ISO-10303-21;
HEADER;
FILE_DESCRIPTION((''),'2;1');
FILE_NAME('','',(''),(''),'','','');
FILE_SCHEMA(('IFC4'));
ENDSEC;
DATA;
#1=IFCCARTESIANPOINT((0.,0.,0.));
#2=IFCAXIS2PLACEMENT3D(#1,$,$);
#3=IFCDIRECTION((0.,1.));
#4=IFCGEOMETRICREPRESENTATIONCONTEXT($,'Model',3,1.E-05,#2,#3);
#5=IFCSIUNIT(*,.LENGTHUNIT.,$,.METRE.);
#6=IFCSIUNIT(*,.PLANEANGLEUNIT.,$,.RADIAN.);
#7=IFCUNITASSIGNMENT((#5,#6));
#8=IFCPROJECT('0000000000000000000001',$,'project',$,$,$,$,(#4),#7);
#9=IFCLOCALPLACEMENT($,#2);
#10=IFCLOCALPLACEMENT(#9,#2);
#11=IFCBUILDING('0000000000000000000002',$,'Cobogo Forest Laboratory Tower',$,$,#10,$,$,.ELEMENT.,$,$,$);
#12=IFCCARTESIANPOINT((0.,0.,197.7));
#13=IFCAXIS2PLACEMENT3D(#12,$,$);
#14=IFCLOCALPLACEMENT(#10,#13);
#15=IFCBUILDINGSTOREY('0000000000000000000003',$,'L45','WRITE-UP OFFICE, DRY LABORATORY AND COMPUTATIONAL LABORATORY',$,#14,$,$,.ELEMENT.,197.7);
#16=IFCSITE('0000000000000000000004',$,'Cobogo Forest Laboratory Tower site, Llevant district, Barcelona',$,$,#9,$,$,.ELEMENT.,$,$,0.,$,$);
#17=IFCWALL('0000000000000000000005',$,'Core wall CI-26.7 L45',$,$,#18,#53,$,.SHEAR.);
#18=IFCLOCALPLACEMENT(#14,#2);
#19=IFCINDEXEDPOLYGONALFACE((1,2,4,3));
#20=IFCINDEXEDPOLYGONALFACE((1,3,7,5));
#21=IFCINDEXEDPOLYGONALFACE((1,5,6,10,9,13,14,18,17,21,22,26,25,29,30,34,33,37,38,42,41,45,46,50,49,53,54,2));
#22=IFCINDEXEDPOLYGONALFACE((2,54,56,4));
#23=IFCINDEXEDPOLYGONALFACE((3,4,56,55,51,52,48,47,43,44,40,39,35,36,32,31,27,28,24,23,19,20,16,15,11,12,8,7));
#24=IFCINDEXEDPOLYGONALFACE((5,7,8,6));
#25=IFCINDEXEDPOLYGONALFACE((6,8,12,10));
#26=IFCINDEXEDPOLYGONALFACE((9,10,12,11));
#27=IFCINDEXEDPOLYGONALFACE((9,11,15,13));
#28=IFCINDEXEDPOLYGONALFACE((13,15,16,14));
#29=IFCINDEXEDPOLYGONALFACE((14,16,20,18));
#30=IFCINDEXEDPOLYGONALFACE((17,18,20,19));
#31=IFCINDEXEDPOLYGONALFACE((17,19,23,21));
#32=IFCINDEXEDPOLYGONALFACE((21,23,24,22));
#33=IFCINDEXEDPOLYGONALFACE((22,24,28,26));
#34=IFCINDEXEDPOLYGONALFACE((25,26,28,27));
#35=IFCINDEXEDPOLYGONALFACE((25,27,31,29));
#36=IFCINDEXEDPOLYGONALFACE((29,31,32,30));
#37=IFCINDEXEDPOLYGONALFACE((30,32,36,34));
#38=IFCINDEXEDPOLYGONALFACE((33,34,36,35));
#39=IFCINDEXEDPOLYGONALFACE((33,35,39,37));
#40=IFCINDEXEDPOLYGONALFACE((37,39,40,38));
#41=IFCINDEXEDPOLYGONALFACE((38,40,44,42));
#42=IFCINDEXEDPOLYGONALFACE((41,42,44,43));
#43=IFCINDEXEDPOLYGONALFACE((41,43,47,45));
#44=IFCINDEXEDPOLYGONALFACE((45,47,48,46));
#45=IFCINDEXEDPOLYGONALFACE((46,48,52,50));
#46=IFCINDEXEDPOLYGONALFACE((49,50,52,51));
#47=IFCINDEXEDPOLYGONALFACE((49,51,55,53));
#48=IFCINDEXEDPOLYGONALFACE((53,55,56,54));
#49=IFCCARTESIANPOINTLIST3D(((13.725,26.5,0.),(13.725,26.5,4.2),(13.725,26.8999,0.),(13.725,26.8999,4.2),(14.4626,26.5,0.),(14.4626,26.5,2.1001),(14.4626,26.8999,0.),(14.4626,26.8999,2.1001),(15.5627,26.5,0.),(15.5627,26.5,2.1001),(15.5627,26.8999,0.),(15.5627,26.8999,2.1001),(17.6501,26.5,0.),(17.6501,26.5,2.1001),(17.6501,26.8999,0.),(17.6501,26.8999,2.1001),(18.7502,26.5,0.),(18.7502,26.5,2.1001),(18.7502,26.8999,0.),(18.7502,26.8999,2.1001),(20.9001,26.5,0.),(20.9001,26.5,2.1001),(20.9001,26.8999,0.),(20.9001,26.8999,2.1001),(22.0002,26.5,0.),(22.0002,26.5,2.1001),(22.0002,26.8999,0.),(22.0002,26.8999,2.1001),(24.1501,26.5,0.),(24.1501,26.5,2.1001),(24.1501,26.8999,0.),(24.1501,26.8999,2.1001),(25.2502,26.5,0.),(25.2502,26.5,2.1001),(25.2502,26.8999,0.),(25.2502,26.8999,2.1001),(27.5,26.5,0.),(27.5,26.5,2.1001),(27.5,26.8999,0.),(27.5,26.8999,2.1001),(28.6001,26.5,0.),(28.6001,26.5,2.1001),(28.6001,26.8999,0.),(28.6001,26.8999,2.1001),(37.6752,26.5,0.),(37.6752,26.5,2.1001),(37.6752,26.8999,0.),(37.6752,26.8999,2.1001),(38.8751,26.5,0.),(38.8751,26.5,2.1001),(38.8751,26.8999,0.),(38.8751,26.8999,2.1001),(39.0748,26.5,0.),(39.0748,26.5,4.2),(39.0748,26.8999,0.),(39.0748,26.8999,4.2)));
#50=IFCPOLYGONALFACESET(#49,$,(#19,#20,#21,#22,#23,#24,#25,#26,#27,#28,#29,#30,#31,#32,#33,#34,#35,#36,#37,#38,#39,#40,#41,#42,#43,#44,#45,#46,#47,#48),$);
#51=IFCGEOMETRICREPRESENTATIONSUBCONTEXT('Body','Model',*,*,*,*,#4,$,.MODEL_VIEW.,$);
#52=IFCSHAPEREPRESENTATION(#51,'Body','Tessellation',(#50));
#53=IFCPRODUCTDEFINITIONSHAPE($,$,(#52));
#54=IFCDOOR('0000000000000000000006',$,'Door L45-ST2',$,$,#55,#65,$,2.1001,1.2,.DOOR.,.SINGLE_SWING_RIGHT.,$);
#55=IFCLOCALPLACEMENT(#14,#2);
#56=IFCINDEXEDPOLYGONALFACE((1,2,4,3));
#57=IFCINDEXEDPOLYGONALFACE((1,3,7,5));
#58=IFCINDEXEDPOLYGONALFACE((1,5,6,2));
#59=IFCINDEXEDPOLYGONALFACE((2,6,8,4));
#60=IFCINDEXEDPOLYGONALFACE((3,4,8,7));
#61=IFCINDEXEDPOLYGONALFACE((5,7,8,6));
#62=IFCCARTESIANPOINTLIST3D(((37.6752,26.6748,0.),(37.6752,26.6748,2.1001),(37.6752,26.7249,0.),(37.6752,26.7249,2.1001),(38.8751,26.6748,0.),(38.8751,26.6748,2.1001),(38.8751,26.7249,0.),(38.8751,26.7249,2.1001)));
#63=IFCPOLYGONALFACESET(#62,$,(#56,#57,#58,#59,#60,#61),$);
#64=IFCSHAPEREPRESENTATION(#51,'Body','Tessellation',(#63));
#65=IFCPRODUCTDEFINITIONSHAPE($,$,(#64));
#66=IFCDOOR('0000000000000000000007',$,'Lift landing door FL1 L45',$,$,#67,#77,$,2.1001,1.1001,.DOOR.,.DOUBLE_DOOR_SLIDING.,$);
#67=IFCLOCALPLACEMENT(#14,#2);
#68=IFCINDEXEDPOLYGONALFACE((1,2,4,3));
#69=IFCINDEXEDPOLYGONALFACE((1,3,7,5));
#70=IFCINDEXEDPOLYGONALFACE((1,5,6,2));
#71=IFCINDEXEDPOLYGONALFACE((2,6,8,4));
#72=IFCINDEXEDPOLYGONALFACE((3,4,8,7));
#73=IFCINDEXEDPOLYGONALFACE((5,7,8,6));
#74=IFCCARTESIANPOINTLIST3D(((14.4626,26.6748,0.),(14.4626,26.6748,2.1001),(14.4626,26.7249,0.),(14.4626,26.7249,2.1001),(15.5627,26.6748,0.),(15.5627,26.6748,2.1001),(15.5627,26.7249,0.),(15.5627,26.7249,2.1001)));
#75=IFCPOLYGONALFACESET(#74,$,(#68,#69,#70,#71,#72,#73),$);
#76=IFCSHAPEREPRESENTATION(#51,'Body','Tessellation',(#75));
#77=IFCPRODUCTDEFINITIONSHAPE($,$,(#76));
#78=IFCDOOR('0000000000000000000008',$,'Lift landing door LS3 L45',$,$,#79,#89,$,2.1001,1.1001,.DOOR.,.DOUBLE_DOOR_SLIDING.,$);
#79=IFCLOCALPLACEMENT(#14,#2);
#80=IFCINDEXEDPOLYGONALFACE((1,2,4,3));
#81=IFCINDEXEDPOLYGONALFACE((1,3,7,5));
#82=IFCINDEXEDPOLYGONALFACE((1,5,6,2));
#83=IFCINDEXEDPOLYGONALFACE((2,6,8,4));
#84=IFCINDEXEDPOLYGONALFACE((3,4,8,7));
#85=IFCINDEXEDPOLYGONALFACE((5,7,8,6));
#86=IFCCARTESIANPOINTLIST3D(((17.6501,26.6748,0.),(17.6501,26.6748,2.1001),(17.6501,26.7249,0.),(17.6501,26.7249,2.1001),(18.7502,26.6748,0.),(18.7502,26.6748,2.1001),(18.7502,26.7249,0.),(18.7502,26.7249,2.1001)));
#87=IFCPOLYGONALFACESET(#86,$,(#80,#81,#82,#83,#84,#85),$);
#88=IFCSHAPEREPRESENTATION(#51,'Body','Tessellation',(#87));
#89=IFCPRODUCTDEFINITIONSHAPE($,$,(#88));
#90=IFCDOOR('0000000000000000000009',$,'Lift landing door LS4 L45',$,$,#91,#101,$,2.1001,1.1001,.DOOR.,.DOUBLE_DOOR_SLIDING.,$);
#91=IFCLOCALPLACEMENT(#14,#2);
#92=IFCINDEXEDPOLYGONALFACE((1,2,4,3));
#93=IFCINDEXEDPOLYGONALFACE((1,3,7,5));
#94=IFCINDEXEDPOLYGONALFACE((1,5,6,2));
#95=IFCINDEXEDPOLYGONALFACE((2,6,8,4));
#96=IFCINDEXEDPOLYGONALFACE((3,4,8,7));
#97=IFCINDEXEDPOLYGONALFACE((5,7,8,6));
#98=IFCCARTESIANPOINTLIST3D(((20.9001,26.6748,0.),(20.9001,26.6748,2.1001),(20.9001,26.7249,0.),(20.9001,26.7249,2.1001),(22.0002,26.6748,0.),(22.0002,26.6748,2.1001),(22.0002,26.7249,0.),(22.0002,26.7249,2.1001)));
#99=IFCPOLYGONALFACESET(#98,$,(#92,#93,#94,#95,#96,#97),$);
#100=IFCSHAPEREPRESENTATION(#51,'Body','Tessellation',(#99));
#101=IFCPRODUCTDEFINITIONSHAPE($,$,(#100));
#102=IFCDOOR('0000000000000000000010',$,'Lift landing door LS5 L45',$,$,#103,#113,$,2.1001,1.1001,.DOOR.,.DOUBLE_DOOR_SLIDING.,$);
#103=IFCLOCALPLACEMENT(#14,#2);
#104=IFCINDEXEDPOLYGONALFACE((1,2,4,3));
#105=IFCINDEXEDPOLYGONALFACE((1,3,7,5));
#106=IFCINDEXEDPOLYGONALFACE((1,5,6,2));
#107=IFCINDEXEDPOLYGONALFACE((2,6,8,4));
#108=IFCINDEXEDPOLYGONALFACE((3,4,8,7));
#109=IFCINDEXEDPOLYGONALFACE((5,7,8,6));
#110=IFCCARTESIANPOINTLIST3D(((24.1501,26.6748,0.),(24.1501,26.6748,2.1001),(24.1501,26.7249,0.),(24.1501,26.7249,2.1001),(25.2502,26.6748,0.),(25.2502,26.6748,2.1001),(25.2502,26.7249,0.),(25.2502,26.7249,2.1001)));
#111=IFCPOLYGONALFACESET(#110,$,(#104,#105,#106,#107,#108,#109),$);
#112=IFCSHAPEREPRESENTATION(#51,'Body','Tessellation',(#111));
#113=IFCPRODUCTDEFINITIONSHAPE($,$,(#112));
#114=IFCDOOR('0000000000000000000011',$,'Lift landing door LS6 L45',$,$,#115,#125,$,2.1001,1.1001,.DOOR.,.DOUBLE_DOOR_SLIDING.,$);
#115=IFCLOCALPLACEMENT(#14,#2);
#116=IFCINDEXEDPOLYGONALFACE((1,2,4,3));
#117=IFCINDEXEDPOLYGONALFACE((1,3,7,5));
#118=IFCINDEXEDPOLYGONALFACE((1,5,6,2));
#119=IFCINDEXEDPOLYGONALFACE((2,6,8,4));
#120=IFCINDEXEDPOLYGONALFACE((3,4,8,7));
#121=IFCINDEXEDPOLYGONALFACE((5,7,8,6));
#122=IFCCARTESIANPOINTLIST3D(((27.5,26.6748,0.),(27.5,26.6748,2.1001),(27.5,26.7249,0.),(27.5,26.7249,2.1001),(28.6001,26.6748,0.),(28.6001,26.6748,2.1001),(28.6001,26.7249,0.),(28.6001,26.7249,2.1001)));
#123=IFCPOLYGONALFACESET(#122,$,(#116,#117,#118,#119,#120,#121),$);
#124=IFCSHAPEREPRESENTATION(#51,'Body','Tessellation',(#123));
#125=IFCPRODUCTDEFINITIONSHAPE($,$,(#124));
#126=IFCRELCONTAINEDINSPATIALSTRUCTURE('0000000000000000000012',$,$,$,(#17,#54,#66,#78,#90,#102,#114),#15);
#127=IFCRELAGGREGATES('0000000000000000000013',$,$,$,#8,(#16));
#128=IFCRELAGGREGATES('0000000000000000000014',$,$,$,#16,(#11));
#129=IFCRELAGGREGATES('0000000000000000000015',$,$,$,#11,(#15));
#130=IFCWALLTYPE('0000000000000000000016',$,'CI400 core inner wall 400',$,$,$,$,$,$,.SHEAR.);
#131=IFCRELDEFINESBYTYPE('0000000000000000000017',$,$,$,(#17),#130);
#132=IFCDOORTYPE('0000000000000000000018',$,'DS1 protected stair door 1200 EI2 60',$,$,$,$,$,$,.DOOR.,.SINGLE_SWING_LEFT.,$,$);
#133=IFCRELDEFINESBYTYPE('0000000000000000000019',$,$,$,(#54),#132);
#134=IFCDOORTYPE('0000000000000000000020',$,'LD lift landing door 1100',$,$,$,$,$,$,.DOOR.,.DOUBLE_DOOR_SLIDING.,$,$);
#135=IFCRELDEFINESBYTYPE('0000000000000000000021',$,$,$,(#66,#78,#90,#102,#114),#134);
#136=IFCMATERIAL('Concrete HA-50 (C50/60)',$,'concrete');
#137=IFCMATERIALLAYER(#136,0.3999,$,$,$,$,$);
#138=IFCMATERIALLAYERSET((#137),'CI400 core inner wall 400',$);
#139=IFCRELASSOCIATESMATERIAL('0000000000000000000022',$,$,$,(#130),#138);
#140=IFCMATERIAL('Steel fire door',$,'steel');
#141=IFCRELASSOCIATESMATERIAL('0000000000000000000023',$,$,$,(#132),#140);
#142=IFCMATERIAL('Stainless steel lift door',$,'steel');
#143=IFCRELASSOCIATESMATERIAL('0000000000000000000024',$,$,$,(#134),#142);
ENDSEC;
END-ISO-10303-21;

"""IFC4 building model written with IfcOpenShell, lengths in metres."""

from ifc_helpers import new_model, si_unit, direction, frame, frame_2d, origin, place, context, subcontext, project, spatial, rectangle, extrude, material, layer, layer_set, type_object, element, fill, save


model = new_model("IFC4")

# Units and contexts
model_context = context("Model", 3, precision=1e-05, world=origin(), true_north=direction((0.0, 1.0)))
body_context = subcontext(model_context, "Body", "Model", "MODEL_VIEW")
ifc_project = project(units=[si_unit("LENGTHUNIT", "METRE"), si_unit("PLANEANGLEUNIT", "RADIAN")], contexts=[model_context])

# Site, building, storey
site_placement = place(None, origin())
site = spatial("IfcSite", under=ifc_project, at=site_placement, Name="Cobogo Forest Laboratory Tower site, Llevant district, Barcelona", CompositionType="ELEMENT", RefElevation=0.0)
building_placement = place(site_placement, origin())
building = spatial("IfcBuilding", under=site, at=building_placement, Name="Cobogo Forest Laboratory Tower", CompositionType="ELEMENT")
storey_placement = place(building_placement, frame((0.0, 0.0, 197.7)))
storey = spatial("IfcBuildingStorey", under=building, at=storey_placement, Name="L45", Description="WRITE-UP OFFICE, DRY LABORATORY AND COMPUTATIONAL LABORATORY", CompositionType="ELEMENT", Elevation=197.7)

# Shared definitions
ifc_material_1 = material(Name="Concrete HA-50 (C50/60)", Category="concrete")

# Wall, openings, doors
ifc_layer_1 = layer(ifc_material_1, 0.3999)
ifc_layer_set_1 = layer_set([ifc_layer_1], Name="CI400 core inner wall 400")
wall_type_1 = type_object("IfcWallType", Name="CI400 core inner wall 400", PredefinedType="SHEAR", material=ifc_layer_set_1)
wall_1_placement = place(storey_placement, frame((13.7251, 26.7, 0.0), z_axis=(0.0, 0.0, 1.0), x_axis=(1.0, 0.0, 0.0)))
wall_1 = element("IfcWall", 1, at=wall_1_placement, inside=storey, type_object=wall_type_1, Name="Core wall CI-26.7 L45", PredefinedType="SHEAR", context=body_context, shape_type="SweptSolid", body=[
    extrude(rectangle(XDim=25.3499, YDim=0.3999, at=frame_2d((12.6748, 0.0))), origin(), (0.0, 0.0, 1.0), 4.2),
])
opening_1_placement = place(wall_1_placement, frame((23.95, 0.0, 0.0)))
opening_1 = element("IfcOpeningElement", 2, at=opening_1_placement, cuts=wall_1, PredefinedType="OPENING", context=body_context, shape_type="SweptSolid", body=[
    extrude(rectangle(XDim=1.2, YDim=2.1001, at=frame_2d((0.6001, 1.05))), frame((0.0, 0.21, 0.0), z_axis=(0.0, -1.0, 0.0), x_axis=(1.0, 0.0, 0.0)), (0.0, 0.0, 1.0), 0.4199),
])
opening_2_placement = place(wall_1_placement, frame((0.7375, 0.0, 0.0)))
opening_2 = element("IfcOpeningElement", 3, at=opening_2_placement, cuts=wall_1, PredefinedType="OPENING", context=body_context, shape_type="SweptSolid", body=[
    extrude(rectangle(XDim=1.1001, YDim=2.1001, at=frame_2d((0.55, 1.05))), frame((0.0, 0.21, 0.0), z_axis=(0.0, -1.0, 0.0), x_axis=(1.0, 0.0, 0.0)), (0.0, 0.0, 1.0), 0.4199),
])
opening_3_placement = place(wall_1_placement, frame((3.925, 0.0, 0.0)))
opening_3 = element("IfcOpeningElement", 4, at=opening_3_placement, cuts=wall_1, PredefinedType="OPENING", context=body_context, shape_type="SweptSolid", body=[
    extrude(rectangle(XDim=1.1001, YDim=2.1001, at=frame_2d((0.55, 1.05))), frame((0.0, 0.21, 0.0), z_axis=(0.0, -1.0, 0.0), x_axis=(1.0, 0.0, 0.0)), (0.0, 0.0, 1.0), 0.4199),
])
opening_4_placement = place(wall_1_placement, frame((7.175, 0.0, 0.0)))
opening_4 = element("IfcOpeningElement", 5, at=opening_4_placement, cuts=wall_1, PredefinedType="OPENING", context=body_context, shape_type="SweptSolid", body=[
    extrude(rectangle(XDim=1.1001, YDim=2.1001, at=frame_2d((0.55, 1.05))), frame((0.0, 0.21, 0.0), z_axis=(0.0, -1.0, 0.0), x_axis=(1.0, 0.0, 0.0)), (0.0, 0.0, 1.0), 0.4199),
])
opening_5_placement = place(wall_1_placement, frame((10.425, 0.0, 0.0)))
opening_5 = element("IfcOpeningElement", 6, at=opening_5_placement, cuts=wall_1, PredefinedType="OPENING", context=body_context, shape_type="SweptSolid", body=[
    extrude(rectangle(XDim=1.1001, YDim=2.1001, at=frame_2d((0.55, 1.05))), frame((0.0, 0.21, 0.0), z_axis=(0.0, -1.0, 0.0), x_axis=(1.0, 0.0, 0.0)), (0.0, 0.0, 1.0), 0.4199),
])
opening_6_placement = place(wall_1_placement, frame((13.7749, 0.0, 0.0)))
opening_6 = element("IfcOpeningElement", 7, at=opening_6_placement, cuts=wall_1, PredefinedType="OPENING", context=body_context, shape_type="SweptSolid", body=[
    extrude(rectangle(XDim=1.1001, YDim=2.1001, at=frame_2d((0.55, 1.05))), frame((0.0, 0.21, 0.0), z_axis=(0.0, -1.0, 0.0), x_axis=(1.0, 0.0, 0.0)), (0.0, 0.0, 1.0), 0.4199),
])
ifc_material_2 = material(Name="Steel fire door", Category="steel")
door_type_1 = type_object("IfcDoorType", Name="DS1 protected stair door 1200 EI2 60", OperationType="SINGLE_SWING_LEFT", PredefinedType="DOOR", material=ifc_material_2)
door_1_placement = place(opening_1_placement, origin())
door_1 = element("IfcDoor", 8, at=door_1_placement, inside=storey, type_object=door_type_1, Name="Door L45-ST2", OperationType="SINGLE_SWING_RIGHT", OverallHeight=2.1001, OverallWidth=1.2, PredefinedType="DOOR", context=body_context, shape_type="SweptSolid", body=[
    extrude(rectangle(XDim=1.2, YDim=2.1001, at=frame_2d((0.6001, 1.05))), frame((0.0, 0.0249, 0.0), z_axis=(0.0, -1.0, 0.0), x_axis=(1.0, 0.0, 0.0)), (0.0, 0.0, 1.0), 0.05),
])
fill(opening_1, door_1)
ifc_material_3 = material(Name="Stainless steel lift door", Category="steel")
door_type_2 = type_object("IfcDoorType", Name="LD lift landing door 1100", OperationType="DOUBLE_DOOR_SLIDING", PredefinedType="DOOR", material=ifc_material_3)
door_2_placement = place(opening_2_placement, origin())
door_2 = element("IfcDoor", 9, at=door_2_placement, inside=storey, type_object=door_type_2, Name="Lift landing door FL1 L45", OperationType="DOUBLE_DOOR_SLIDING", OverallHeight=2.1001, OverallWidth=1.1001, PredefinedType="DOOR", context=body_context, shape_type="SweptSolid", body=[
    extrude(rectangle(XDim=1.1001, YDim=2.1001, at=frame_2d((0.55, 1.05))), frame((0.0, 0.0249, 0.0), z_axis=(0.0, -1.0, 0.0), x_axis=(1.0, 0.0, 0.0)), (0.0, 0.0, 1.0), 0.05),
])
fill(opening_2, door_2)
door_3_placement = place(opening_3_placement, origin())
door_3 = element("IfcDoor", 10, at=door_3_placement, inside=storey, type_object=door_type_2, Name="Lift landing door LS3 L45", OperationType="DOUBLE_DOOR_SLIDING", OverallHeight=2.1001, OverallWidth=1.1001, PredefinedType="DOOR", context=body_context, shape_type="SweptSolid", body=[
    extrude(rectangle(XDim=1.1001, YDim=2.1001, at=frame_2d((0.55, 1.05))), frame((0.0, 0.0249, 0.0), z_axis=(0.0, -1.0, 0.0), x_axis=(1.0, 0.0, 0.0)), (0.0, 0.0, 1.0), 0.05),
])
fill(opening_3, door_3)
door_4_placement = place(opening_4_placement, origin())
door_4 = element("IfcDoor", 11, at=door_4_placement, inside=storey, type_object=door_type_2, Name="Lift landing door LS4 L45", OperationType="DOUBLE_DOOR_SLIDING", OverallHeight=2.1001, OverallWidth=1.1001, PredefinedType="DOOR", context=body_context, shape_type="SweptSolid", body=[
    extrude(rectangle(XDim=1.1001, YDim=2.1001, at=frame_2d((0.55, 1.05))), frame((0.0, 0.0249, 0.0), z_axis=(0.0, -1.0, 0.0), x_axis=(1.0, 0.0, 0.0)), (0.0, 0.0, 1.0), 0.05),
])
fill(opening_4, door_4)
door_5_placement = place(opening_5_placement, origin())
door_5 = element("IfcDoor", 12, at=door_5_placement, inside=storey, type_object=door_type_2, Name="Lift landing door LS5 L45", OperationType="DOUBLE_DOOR_SLIDING", OverallHeight=2.1001, OverallWidth=1.1001, PredefinedType="DOOR", context=body_context, shape_type="SweptSolid", body=[
    extrude(rectangle(XDim=1.1001, YDim=2.1001, at=frame_2d((0.55, 1.05))), frame((0.0, 0.0249, 0.0), z_axis=(0.0, -1.0, 0.0), x_axis=(1.0, 0.0, 0.0)), (0.0, 0.0, 1.0), 0.05),
])
fill(opening_5, door_5)
door_6_placement = place(opening_6_placement, origin())
door_6 = element("IfcDoor", 13, at=door_6_placement, inside=storey, type_object=door_type_2, Name="Lift landing door LS6 L45", OperationType="DOUBLE_DOOR_SLIDING", OverallHeight=2.1001, OverallWidth=1.1001, PredefinedType="DOOR", context=body_context, shape_type="SweptSolid", body=[
    extrude(rectangle(XDim=1.1001, YDim=2.1001, at=frame_2d((0.55, 1.05))), frame((0.0, 0.0249, 0.0), z_axis=(0.0, -1.0, 0.0), x_axis=(1.0, 0.0, 0.0)), (0.0, 0.0, 1.0), 0.05),
])
fill(opening_6, door_6)

save(model, "model.ifc")
